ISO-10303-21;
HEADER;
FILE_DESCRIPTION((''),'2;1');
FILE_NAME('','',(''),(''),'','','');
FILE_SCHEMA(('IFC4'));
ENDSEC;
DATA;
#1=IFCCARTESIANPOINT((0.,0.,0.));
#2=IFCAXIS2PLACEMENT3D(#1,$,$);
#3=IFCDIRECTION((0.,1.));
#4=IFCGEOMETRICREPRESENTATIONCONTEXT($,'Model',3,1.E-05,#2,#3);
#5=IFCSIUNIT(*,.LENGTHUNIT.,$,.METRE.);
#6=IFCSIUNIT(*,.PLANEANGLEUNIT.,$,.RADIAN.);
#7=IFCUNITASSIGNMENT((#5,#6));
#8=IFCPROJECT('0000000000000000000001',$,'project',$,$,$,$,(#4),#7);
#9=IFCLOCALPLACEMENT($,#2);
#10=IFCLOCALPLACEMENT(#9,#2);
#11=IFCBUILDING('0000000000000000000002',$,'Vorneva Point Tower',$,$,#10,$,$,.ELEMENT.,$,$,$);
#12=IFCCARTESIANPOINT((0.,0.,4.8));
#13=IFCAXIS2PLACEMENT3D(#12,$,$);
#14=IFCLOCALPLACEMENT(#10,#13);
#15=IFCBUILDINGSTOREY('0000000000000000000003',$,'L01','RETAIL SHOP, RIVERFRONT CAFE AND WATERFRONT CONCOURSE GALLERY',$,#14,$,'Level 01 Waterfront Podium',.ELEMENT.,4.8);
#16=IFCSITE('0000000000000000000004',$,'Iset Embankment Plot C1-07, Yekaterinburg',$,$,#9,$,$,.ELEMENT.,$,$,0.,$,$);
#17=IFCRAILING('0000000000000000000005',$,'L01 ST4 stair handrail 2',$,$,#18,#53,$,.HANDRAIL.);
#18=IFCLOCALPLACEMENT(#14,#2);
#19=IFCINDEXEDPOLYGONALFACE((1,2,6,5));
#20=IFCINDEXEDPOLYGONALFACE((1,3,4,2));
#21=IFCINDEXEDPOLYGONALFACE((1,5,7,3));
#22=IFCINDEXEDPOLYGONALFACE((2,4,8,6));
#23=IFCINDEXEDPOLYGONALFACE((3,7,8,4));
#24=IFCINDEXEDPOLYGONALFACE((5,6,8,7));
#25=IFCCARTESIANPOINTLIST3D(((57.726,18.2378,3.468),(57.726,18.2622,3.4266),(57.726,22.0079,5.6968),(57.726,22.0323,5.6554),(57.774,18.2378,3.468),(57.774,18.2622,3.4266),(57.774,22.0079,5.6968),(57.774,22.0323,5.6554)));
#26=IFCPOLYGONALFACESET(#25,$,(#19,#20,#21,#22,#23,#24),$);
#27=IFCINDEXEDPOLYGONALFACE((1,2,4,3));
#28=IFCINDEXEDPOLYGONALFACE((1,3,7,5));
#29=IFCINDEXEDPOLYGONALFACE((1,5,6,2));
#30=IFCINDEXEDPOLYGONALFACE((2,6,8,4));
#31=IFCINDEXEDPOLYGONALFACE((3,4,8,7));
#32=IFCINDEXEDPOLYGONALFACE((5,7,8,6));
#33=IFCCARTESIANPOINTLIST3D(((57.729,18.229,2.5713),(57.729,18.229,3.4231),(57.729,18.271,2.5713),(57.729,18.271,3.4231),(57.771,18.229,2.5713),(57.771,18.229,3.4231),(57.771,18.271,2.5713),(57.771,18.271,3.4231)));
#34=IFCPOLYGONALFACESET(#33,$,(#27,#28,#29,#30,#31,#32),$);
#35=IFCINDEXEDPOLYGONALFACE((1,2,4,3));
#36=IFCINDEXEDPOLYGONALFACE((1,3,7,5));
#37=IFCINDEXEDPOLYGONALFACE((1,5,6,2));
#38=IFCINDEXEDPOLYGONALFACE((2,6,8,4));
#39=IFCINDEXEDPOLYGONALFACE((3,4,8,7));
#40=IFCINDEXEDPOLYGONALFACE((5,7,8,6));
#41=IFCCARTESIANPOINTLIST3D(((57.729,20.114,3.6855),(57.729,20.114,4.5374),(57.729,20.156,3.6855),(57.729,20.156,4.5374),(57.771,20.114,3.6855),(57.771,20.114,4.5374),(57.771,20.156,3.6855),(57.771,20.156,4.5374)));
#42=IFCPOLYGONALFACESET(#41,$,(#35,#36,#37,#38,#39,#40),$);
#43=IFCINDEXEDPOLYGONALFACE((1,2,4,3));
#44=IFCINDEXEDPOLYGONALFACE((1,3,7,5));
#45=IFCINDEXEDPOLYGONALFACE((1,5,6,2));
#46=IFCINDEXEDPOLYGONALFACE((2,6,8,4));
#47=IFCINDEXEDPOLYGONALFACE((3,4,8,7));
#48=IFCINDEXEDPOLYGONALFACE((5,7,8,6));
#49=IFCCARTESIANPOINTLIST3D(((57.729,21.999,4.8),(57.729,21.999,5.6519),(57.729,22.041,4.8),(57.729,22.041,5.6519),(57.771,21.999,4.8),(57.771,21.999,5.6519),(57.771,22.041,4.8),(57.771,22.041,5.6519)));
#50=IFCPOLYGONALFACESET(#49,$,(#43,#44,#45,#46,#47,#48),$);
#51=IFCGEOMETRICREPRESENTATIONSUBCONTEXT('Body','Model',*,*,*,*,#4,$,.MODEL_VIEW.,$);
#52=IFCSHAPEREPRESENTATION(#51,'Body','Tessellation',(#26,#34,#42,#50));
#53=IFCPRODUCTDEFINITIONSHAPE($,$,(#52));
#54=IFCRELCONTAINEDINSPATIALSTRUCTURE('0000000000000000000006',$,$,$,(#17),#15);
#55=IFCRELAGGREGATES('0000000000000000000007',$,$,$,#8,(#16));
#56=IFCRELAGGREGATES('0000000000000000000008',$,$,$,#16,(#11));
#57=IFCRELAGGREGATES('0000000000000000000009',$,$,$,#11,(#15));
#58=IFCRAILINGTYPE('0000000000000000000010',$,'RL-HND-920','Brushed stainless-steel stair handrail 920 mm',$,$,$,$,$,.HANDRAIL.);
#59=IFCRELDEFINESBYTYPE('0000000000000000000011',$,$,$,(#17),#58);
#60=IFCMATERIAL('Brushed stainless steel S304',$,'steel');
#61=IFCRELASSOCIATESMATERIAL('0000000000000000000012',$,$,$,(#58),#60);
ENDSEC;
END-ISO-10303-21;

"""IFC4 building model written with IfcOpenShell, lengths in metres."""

from ifc_helpers import new_model, si_unit, direction, frame, origin, origin_2d, place, context, subcontext, project, spatial, rectangle, extrude, material, type_object, element, save


model = new_model("IFC4")

# Units and contexts
model_context = context("Model", 3, precision=1e-05, world=origin(), true_north=direction((0.0, 1.0)))
body_context = subcontext(model_context, "Body", "Model", "MODEL_VIEW")
ifc_project = project(units=[si_unit("LENGTHUNIT", "METRE"), si_unit("PLANEANGLEUNIT", "RADIAN")], contexts=[model_context])

# Site, building, storey
site_placement = place(None, origin())
site = spatial("IfcSite", under=ifc_project, at=site_placement, Name="Iset Embankment Plot C1-07, Yekaterinburg", CompositionType="ELEMENT", RefElevation=0.0)
building_placement = place(site_placement, origin())
building = spatial("IfcBuilding", under=site, at=building_placement, Name="Vorneva Point Tower", CompositionType="ELEMENT")
storey_placement = place(building_placement, frame((0.0, 0.0, 4.8)))
storey = spatial("IfcBuildingStorey", under=building, at=storey_placement, Name="L01", Description="RETAIL SHOP, RIVERFRONT CAFE AND WATERFRONT CONCOURSE GALLERY", LongName="Level 01 Waterfront Podium", CompositionType="ELEMENT", Elevation=4.8)

# Railing
ifc_material_1 = material(Name="Brushed stainless steel S304", Category="steel")
railing_type = type_object("IfcRailingType", Name="RL-HND-920", Description="Brushed stainless-steel stair handrail 920 mm", PredefinedType="HANDRAIL", material=ifc_material_1)
railing_placement = place(storey_placement, frame((57.75, 18.25, 2.5713)))
element("IfcRailing", 1, at=railing_placement, inside=storey, type_object=railing_type, Name="L01 ST4 stair handrail 2", PredefinedType="HANDRAIL", context=body_context, shape_type="SweptSolid", body=[
    extrude(rectangle(XDim=0.0481, YDim=0.0481, at=origin_2d()), frame((0.0, 0.0, 0.876), z_axis=(0.0, 0.860824, 0.508902), x_axis=(-1.0, 0.0, 0.0)), (0.0, 0.0, 1.0), 4.3796),
    extrude(rectangle(XDim=0.042, YDim=0.042, at=origin_2d()), origin(), (0.0, 0.0, 1.0), 0.8518),
    extrude(rectangle(XDim=0.042, YDim=0.042, at=origin_2d()), frame((0.0, 1.885, 1.1143)), (0.0, 0.0, 1.0), 0.8518),
    extrude(rectangle(XDim=0.042, YDim=0.042, at=origin_2d()), frame((0.0, 3.77, 2.2288)), (0.0, 0.0, 1.0), 0.8518),
])

save(model, "model.ifc")
